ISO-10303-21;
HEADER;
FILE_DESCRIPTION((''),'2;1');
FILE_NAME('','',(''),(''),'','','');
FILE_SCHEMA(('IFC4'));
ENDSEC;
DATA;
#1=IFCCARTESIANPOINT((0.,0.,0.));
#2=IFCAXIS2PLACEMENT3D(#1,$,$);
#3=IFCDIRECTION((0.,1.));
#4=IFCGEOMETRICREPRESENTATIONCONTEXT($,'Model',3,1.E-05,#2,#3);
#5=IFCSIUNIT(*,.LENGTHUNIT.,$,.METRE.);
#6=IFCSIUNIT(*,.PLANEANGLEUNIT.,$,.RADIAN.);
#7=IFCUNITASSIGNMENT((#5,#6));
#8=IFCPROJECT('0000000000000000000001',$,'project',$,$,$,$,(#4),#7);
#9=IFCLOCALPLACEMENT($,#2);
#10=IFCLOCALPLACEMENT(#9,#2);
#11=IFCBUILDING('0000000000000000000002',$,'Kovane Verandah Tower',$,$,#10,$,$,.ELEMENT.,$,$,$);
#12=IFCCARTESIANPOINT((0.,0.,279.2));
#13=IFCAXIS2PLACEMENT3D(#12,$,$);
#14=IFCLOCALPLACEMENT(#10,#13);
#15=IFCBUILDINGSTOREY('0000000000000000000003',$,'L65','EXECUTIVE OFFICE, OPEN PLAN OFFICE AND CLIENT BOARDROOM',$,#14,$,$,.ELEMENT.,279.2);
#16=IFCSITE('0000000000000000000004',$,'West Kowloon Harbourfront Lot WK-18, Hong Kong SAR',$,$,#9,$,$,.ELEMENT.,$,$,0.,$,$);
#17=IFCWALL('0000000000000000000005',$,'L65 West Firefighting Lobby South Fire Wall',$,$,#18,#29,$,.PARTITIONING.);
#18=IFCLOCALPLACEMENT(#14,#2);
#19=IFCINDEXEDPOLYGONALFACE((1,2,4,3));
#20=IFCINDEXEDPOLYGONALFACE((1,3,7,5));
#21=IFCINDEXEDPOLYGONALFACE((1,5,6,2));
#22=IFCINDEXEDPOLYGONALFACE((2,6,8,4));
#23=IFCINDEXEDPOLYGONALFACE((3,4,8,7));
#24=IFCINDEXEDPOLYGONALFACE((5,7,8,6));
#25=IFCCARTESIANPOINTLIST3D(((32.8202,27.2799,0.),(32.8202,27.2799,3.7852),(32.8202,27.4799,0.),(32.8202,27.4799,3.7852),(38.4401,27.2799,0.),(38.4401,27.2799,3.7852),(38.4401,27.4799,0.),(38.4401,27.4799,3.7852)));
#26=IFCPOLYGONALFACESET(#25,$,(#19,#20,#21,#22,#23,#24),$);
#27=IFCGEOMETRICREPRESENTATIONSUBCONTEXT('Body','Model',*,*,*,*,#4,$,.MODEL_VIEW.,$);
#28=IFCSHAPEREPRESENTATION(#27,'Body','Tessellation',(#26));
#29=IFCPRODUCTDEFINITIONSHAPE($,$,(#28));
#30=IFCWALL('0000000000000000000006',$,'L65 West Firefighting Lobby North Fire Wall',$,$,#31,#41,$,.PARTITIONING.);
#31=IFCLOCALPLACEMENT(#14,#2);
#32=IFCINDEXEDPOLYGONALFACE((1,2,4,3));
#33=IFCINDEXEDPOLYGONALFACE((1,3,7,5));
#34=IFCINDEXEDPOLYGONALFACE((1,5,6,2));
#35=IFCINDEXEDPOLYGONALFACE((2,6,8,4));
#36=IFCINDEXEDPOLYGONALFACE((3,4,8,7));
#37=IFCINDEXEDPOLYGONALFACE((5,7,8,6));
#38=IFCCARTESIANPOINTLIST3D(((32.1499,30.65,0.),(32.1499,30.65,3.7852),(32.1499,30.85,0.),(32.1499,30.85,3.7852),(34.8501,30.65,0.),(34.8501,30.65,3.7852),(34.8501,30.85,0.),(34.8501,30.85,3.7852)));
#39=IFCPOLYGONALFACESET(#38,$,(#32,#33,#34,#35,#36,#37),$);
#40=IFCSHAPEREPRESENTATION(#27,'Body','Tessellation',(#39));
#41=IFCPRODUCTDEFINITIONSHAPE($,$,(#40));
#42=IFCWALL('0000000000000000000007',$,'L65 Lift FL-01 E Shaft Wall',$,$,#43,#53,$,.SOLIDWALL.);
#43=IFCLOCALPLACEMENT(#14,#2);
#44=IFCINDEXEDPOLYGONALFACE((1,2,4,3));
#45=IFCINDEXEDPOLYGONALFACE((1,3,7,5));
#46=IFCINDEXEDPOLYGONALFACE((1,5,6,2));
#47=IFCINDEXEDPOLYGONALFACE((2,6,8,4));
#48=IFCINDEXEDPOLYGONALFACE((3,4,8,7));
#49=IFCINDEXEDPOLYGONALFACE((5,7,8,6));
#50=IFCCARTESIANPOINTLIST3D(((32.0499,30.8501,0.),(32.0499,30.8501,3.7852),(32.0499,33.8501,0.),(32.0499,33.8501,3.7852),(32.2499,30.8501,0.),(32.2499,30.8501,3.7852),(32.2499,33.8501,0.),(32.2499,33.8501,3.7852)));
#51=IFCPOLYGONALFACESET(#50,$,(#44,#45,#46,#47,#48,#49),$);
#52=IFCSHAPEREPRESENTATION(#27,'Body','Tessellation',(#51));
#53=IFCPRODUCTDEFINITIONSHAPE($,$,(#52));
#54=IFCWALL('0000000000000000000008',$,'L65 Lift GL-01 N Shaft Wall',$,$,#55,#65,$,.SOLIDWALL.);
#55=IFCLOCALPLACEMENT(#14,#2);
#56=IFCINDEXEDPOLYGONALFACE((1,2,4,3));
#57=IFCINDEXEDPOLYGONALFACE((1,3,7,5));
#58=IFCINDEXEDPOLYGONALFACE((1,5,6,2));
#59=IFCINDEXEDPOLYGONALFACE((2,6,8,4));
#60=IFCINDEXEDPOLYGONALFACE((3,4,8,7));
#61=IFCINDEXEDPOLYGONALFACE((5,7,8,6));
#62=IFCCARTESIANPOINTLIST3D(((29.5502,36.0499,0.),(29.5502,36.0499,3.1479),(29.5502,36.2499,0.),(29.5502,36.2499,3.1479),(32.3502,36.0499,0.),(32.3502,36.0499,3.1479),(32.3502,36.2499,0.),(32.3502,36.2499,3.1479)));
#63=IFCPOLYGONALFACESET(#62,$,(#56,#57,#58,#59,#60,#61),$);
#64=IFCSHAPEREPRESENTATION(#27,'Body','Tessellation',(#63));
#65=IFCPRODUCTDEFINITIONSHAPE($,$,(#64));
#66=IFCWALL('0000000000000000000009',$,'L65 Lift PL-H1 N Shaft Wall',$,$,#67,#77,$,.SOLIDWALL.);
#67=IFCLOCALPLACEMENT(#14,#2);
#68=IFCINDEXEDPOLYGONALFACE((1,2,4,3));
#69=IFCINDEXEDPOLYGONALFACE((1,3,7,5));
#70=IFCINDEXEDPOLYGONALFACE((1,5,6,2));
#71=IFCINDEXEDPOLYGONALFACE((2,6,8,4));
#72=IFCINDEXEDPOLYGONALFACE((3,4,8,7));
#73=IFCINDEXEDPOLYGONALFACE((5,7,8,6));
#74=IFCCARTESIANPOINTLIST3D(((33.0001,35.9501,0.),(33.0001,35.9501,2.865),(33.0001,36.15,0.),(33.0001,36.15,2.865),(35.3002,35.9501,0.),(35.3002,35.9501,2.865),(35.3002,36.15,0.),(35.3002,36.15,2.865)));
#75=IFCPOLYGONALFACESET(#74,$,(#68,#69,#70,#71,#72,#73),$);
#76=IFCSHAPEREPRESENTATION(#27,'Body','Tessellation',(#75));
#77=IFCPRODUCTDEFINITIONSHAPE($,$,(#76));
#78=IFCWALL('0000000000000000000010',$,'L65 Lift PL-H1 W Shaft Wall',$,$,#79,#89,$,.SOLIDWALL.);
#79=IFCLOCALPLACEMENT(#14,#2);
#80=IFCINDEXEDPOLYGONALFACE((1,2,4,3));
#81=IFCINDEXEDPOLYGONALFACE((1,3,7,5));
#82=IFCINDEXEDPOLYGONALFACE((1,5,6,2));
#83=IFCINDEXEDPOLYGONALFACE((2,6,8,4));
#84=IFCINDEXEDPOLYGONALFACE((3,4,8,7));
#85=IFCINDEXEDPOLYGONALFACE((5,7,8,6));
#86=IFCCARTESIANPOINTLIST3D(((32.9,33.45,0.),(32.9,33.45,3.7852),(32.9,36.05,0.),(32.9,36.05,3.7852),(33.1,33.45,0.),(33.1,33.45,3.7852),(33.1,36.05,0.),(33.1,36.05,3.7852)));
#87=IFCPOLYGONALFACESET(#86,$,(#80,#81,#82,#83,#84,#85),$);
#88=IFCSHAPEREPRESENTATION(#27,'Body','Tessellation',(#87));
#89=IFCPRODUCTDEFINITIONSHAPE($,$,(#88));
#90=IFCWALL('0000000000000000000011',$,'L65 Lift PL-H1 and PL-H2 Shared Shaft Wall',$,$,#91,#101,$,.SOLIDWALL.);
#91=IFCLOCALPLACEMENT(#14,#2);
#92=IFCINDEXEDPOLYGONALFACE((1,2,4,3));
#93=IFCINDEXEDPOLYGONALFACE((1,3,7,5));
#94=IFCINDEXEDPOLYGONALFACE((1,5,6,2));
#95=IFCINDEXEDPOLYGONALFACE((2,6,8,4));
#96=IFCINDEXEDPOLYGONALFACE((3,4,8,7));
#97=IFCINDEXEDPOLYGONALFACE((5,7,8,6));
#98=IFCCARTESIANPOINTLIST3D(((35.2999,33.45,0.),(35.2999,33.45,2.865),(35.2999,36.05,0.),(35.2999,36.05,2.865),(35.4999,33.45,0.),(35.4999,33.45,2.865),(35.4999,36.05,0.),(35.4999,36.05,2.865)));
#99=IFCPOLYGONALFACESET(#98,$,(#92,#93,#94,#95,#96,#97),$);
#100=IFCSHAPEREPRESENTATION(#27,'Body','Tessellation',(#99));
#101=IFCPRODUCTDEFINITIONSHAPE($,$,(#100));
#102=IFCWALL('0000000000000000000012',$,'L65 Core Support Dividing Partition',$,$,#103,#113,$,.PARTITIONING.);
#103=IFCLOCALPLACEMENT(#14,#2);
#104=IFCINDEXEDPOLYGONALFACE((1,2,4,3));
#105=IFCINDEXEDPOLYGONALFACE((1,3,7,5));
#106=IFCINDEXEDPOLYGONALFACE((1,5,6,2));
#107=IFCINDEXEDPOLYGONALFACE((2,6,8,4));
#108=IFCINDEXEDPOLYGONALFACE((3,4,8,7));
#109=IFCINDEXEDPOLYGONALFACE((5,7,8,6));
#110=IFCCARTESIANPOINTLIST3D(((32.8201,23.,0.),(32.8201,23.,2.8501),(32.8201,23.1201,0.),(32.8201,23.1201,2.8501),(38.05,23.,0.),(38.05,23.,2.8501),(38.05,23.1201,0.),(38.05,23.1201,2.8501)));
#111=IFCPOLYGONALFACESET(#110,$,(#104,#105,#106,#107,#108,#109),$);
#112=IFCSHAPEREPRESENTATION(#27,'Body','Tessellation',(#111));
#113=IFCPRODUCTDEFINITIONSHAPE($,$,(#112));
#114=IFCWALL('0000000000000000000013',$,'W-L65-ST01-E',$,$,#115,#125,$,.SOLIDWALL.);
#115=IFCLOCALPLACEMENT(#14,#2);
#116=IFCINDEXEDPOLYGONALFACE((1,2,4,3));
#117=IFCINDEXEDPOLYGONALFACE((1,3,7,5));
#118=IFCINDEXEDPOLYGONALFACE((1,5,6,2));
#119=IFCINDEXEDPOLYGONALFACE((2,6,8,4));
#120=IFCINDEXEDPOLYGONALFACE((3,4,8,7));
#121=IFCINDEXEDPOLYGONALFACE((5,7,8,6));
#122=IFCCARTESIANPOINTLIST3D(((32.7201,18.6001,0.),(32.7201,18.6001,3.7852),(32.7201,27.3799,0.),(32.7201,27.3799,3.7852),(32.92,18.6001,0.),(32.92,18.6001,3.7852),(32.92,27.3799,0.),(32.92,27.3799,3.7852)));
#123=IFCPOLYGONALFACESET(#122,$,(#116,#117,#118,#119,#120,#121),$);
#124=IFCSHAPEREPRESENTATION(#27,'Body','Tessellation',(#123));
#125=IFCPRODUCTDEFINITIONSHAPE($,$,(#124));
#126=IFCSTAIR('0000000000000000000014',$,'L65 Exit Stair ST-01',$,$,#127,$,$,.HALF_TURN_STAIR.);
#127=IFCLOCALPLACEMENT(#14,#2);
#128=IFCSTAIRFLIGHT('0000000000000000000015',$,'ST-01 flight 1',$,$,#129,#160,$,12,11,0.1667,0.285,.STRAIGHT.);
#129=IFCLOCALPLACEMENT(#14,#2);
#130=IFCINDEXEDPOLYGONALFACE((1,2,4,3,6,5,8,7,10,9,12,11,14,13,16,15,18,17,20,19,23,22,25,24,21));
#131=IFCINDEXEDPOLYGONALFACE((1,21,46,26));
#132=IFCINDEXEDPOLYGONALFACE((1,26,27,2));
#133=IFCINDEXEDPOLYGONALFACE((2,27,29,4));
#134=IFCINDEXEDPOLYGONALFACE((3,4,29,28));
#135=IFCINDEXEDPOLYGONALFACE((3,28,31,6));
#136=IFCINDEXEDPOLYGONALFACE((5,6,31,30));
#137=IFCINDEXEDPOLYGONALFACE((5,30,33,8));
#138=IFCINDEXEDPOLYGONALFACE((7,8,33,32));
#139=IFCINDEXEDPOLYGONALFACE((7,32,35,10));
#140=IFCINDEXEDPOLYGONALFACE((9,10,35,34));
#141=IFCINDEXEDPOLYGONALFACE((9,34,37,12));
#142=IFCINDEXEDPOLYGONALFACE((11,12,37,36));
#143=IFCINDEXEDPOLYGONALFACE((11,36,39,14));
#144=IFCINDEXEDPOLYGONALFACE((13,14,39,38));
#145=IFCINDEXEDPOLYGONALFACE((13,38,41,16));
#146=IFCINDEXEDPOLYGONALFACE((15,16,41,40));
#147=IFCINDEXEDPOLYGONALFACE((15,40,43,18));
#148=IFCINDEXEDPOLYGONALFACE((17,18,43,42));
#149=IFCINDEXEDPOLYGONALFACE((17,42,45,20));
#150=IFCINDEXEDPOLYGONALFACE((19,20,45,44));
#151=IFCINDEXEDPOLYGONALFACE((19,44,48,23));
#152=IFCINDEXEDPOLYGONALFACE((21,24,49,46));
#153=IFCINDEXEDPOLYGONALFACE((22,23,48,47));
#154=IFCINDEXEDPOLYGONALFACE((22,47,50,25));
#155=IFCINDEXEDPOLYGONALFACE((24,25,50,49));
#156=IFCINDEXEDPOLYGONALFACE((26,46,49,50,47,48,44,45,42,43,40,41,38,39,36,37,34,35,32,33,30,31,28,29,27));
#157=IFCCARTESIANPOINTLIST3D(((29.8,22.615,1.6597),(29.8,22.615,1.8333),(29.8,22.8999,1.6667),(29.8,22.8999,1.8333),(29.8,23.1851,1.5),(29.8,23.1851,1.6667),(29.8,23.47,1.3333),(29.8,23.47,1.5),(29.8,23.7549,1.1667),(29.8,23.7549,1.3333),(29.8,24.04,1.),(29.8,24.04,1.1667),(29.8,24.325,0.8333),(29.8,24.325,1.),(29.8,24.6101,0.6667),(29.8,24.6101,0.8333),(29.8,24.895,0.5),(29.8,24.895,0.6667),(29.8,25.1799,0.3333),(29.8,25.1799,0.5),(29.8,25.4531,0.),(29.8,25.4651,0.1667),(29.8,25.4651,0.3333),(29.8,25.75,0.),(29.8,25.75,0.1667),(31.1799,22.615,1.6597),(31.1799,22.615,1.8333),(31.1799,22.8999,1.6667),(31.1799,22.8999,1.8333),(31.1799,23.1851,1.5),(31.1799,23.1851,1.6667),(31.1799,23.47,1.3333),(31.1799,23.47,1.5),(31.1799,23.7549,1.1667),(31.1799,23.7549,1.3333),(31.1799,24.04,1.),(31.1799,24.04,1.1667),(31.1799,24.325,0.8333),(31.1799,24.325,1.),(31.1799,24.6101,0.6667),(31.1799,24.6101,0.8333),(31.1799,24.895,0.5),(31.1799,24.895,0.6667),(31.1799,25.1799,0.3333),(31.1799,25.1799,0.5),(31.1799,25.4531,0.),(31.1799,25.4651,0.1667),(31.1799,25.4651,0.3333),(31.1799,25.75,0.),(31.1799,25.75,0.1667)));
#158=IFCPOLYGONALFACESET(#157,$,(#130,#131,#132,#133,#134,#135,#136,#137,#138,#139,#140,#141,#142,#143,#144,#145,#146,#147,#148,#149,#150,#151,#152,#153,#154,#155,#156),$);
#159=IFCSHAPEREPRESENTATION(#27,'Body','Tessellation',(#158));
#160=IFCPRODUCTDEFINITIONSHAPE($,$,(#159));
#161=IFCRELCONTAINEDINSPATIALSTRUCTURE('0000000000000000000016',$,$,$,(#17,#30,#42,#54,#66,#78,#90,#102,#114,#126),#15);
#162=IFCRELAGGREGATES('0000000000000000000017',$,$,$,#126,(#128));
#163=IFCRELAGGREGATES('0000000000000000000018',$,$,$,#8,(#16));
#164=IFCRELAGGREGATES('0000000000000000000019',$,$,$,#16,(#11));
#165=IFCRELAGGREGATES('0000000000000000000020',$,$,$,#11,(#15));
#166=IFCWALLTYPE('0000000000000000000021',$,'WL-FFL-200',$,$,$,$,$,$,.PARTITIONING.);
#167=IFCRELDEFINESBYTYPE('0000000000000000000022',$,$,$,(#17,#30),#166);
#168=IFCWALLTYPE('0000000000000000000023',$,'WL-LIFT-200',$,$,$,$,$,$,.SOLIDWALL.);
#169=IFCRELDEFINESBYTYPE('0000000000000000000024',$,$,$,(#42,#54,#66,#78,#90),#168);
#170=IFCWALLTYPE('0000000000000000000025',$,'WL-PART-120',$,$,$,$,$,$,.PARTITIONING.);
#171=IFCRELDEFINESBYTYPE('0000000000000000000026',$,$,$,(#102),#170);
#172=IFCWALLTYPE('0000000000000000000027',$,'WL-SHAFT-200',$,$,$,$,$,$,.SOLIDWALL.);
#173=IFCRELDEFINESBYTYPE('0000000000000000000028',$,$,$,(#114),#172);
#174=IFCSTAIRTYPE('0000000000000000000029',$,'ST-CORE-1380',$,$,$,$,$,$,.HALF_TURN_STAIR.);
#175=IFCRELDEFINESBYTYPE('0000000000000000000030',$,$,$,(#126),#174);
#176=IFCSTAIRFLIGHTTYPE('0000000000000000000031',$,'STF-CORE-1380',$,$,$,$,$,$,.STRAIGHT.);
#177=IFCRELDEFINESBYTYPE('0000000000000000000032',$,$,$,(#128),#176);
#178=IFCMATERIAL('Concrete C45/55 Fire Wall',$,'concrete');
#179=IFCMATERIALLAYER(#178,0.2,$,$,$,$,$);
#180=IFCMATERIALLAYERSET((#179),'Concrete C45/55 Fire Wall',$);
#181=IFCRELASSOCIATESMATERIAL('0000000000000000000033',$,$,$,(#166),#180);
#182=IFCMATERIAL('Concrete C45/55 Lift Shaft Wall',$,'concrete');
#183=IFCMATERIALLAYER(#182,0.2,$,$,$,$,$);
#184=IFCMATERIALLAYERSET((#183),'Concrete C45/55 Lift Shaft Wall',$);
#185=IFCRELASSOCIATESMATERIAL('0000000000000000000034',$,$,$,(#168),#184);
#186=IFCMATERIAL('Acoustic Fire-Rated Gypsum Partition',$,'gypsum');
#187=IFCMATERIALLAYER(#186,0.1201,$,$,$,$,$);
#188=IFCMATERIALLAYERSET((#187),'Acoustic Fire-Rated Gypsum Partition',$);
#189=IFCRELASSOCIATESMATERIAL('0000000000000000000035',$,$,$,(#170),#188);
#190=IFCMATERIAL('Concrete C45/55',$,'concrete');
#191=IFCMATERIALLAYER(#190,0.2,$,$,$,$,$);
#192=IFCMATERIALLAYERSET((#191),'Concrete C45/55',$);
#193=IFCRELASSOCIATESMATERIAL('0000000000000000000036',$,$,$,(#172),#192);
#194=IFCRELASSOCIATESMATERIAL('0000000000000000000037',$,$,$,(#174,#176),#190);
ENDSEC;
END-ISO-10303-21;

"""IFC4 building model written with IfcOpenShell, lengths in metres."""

from ifc_helpers import new_model, si_unit, direction, frame, frame_2d, origin, place, context, subcontext, project, spatial, polyline, rectangle, outline, extrude, material, layer, layer_set, type_object, element, aggregate, save


model = new_model("IFC4")

# Units and contexts
model_context = context("Model", 3, precision=1e-05, world=origin(), true_north=direction((0.0, 1.0)))
body_context = subcontext(model_context, "Body", "Model", "MODEL_VIEW")
ifc_project = project(units=[si_unit("LENGTHUNIT", "METRE"), si_unit("PLANEANGLEUNIT", "RADIAN")], contexts=[model_context])

# Site, building, storey
site_placement = place(None, origin())
site = spatial("IfcSite", under=ifc_project, at=site_placement, Name="West Kowloon Harbourfront Lot WK-18, Hong Kong SAR", CompositionType="ELEMENT", RefElevation=0.0)
building_placement = place(site_placement, origin())
building = spatial("IfcBuilding", under=site, at=building_placement, Name="Kovane Verandah Tower", CompositionType="ELEMENT")
storey_placement = place(building_placement, frame((0.0, 0.0, 279.2)))
storey = spatial("IfcBuildingStorey", under=building, at=storey_placement, Name="L65", Description="EXECUTIVE OFFICE, OPEN PLAN OFFICE AND CLIENT BOARDROOM", CompositionType="ELEMENT", Elevation=279.2)

# Shared definitions
ifc_material_1 = material(Name="Concrete C45/55 Fire Wall", Category="concrete")
ifc_layer_1 = layer(ifc_material_1, 0.2)
ifc_layer_set_1 = layer_set([ifc_layer_1], Name="Concrete C45/55 Fire Wall")
wall_type_1 = type_object("IfcWallType", Name="WL-FFL-200", PredefinedType="PARTITIONING", material=ifc_layer_set_1)

# Walls
wall_1_placement = place(storey_placement, frame((32.8201, 27.3799, 0.0), z_axis=(0.0, 0.0, 1.0), x_axis=(1.0, 0.0, 0.0)))
element("IfcWall", 1, at=wall_1_placement, inside=storey, type_object=wall_type_1, Name="L65 West Firefighting Lobby South Fire Wall", PredefinedType="PARTITIONING", context=body_context, shape_type="SweptSolid", body=[
    extrude(rectangle(XDim=5.6199, YDim=0.2, at=frame_2d((2.8101, 0.0))), origin(), (0.0, 0.0, 1.0), 3.7852),
])
wall_2_placement = place(storey_placement, frame((32.1499, 30.75, 0.0), z_axis=(0.0, 0.0, 1.0), x_axis=(1.0, 0.0, 0.0)))
element("IfcWall", 2, at=wall_2_placement, inside=storey, type_object=wall_type_1, Name="L65 West Firefighting Lobby North Fire Wall", PredefinedType="PARTITIONING", context=body_context, shape_type="SweptSolid", body=[
    extrude(rectangle(XDim=2.7002, YDim=0.2, at=frame_2d((1.3501, 0.0))), origin(), (0.0, 0.0, 1.0), 3.7852),
])
ifc_material_2 = material(Name="Concrete C45/55 Lift Shaft Wall", Category="concrete")
ifc_layer_2 = layer(ifc_material_2, 0.2)
ifc_layer_set_2 = layer_set([ifc_layer_2], Name="Concrete C45/55 Lift Shaft Wall")
wall_type_2 = type_object("IfcWallType", Name="WL-LIFT-200", PredefinedType="SOLIDWALL", material=ifc_layer_set_2)
wall_3_placement = place(storey_placement, frame((32.1499, 30.8501, 0.0), z_axis=(0.0, 0.0, 1.0), x_axis=(0.0, 1.0, 0.0)))
element("IfcWall", 3, at=wall_3_placement, inside=storey, type_object=wall_type_2, Name="L65 Lift FL-01 E Shaft Wall", PredefinedType="SOLIDWALL", context=body_context, shape_type="SweptSolid", body=[
    extrude(rectangle(XDim=3.0, YDim=0.2, at=frame_2d((1.5, 0.0))), origin(), (0.0, 0.0, 1.0), 3.7852),
])
wall_4_placement = place(storey_placement, frame((32.3501, 36.1499, 0.0), z_axis=(0.0, 0.0, 1.0), x_axis=(-1.0, 0.0, 0.0)))
element("IfcWall", 4, at=wall_4_placement, inside=storey, type_object=wall_type_2, Name="L65 Lift GL-01 N Shaft Wall", PredefinedType="SOLIDWALL", context=body_context, shape_type="SweptSolid", body=[
    extrude(rectangle(XDim=2.8, YDim=0.2, at=frame_2d((1.3999, 0.0))), origin(), (0.0, 0.0, 1.0), 3.1479),
])

# Walls
wall_5_placement = place(storey_placement, frame((35.3, 36.05, 0.0), z_axis=(0.0, 0.0, 1.0), x_axis=(-1.0, 0.0, 0.0)))
element("IfcWall", 5, at=wall_5_placement, inside=storey, type_object=wall_type_2, Name="L65 Lift PL-H1 N Shaft Wall", PredefinedType="SOLIDWALL", context=body_context, shape_type="SweptSolid", body=[
    extrude(rectangle(XDim=2.3, YDim=0.2, at=frame_2d((1.1499, 0.0))), origin(), (0.0, 0.0, 1.0), 2.865),
])
wall_6_placement = place(storey_placement, frame((33.0, 36.05, 0.0), z_axis=(0.0, 0.0, 1.0), x_axis=(0.0, -1.0, 0.0)))
element("IfcWall", 6, at=wall_6_placement, inside=storey, type_object=wall_type_2, Name="L65 Lift PL-H1 W Shaft Wall", PredefinedType="SOLIDWALL", context=body_context, shape_type="SweptSolid", body=[
    extrude(rectangle(XDim=2.6001, YDim=0.2, at=frame_2d((1.3, 0.0))), origin(), (0.0, 0.0, 1.0), 3.7852),
])
wall_7_placement = place(storey_placement, frame((35.3999, 33.45, 0.0), z_axis=(0.0, 0.0, 1.0), x_axis=(0.0, 1.0, 0.0)))
element("IfcWall", 7, at=wall_7_placement, inside=storey, type_object=wall_type_2, Name="L65 Lift PL-H1 and PL-H2 Shared Shaft Wall", PredefinedType="SOLIDWALL", context=body_context, shape_type="SweptSolid", body=[
    extrude(rectangle(XDim=2.6001, YDim=0.2, at=frame_2d((1.3, 0.0))), origin(), (0.0, 0.0, 1.0), 2.865),
])

# Walls
ifc_material_3 = material(Name="Acoustic Fire-Rated Gypsum Partition", Category="gypsum")
ifc_layer_3 = layer(ifc_material_3, 0.1201)
ifc_layer_set_3 = layer_set([ifc_layer_3], Name="Acoustic Fire-Rated Gypsum Partition")
wall_type_3 = type_object("IfcWallType", Name="WL-PART-120", PredefinedType="PARTITIONING", material=ifc_layer_set_3)
wall_8_placement = place(storey_placement, frame((32.8201, 23.0601, 0.0), z_axis=(0.0, 0.0, 1.0), x_axis=(1.0, 0.0, 0.0)))
element("IfcWall", 8, at=wall_8_placement, inside=storey, type_object=wall_type_3, Name="L65 Core Support Dividing Partition", PredefinedType="PARTITIONING", context=body_context, shape_type="SweptSolid", body=[
    extrude(rectangle(XDim=5.23, YDim=0.1201, at=frame_2d((2.615, 0.0))), origin(), (0.0, 0.0, 1.0), 2.8501),
])
ifc_material_4 = material(Name="Concrete C45/55", Category="concrete")
ifc_layer_4 = layer(ifc_material_4, 0.2)
ifc_layer_set_4 = layer_set([ifc_layer_4], Name="Concrete C45/55")
wall_type_4 = type_object("IfcWallType", Name="WL-SHAFT-200", PredefinedType="SOLIDWALL", material=ifc_layer_set_4)
wall_9_placement = place(storey_placement, frame((32.8201, 18.6001, 0.0), z_axis=(0.0, 0.0, 1.0), x_axis=(0.0, 1.0, 0.0)))
element("IfcWall", 9, at=wall_9_placement, inside=storey, type_object=wall_type_4, Name="W-L65-ST01-E", PredefinedType="SOLIDWALL", context=body_context, shape_type="SweptSolid", body=[
    extrude(rectangle(XDim=8.7798, YDim=0.2, at=frame_2d((4.3899, 0.0))), origin(), (0.0, 0.0, 1.0), 3.7852),
])

# Stair, stair flight
stair_type = type_object("IfcStairType", Name="ST-CORE-1380", PredefinedType="HALF_TURN_STAIR", material=ifc_material_4)
stair_placement = place(storey_placement, origin())
stair = element("IfcStair", 10, at=stair_placement, inside=storey, type_object=stair_type, Name="L65 Exit Stair ST-01", PredefinedType="HALF_TURN_STAIR")
stair_flight_type = type_object("IfcStairFlightType", Name="STF-CORE-1380", PredefinedType="STRAIGHT", material=ifc_material_4)
stair_flight_1_placement = place(storey_placement, frame((30.49, 25.75, 0.0), z_axis=(0.0, 0.0, 1.0), x_axis=(0.0, -1.0, 0.0)))
stair_flight_1 = element("IfcStairFlight", 11, at=stair_flight_1_placement, type_object=stair_flight_type, Name="ST-01 flight 1", NumberOfRisers=12, NumberOfTreads=11, PredefinedType="STRAIGHT", RiserHeight=0.1667, TreadLength=0.285, context=body_context, shape_type="SweptSolid", body=[
    extrude(outline(polyline([(0.0, 0.0), (0.0, 0.1667), (0.2849, 0.1667), (0.2849, 0.3333), (0.5701, 0.3333), (0.5701, 0.5), (0.855, 0.5), (0.855, 0.6667), (1.1399, 0.6667), (1.1399, 0.8333), (1.425, 0.8333), (1.425, 1.0), (1.71, 1.0), (1.71, 1.1667), (1.9951, 1.1667), (1.9951, 1.3333), (2.28, 1.3333), (2.28, 1.5), (2.5649, 1.5), (2.5649, 1.6667), (2.8501, 1.6667), (2.8501, 1.8333), (3.135, 1.8333), (3.135, 2.0), (3.135, 1.6597), (0.2969, 0.0), (0.0, 0.0)])), frame((0.0, 0.6899, 0.0), z_axis=(0.0, -1.0, 0.0), x_axis=(1.0, 0.0, 0.0)), (0.0, 0.0, 1.0), 1.3799),
])
aggregate(stair, [stair_flight_1])

save(model, "model.ifc")
